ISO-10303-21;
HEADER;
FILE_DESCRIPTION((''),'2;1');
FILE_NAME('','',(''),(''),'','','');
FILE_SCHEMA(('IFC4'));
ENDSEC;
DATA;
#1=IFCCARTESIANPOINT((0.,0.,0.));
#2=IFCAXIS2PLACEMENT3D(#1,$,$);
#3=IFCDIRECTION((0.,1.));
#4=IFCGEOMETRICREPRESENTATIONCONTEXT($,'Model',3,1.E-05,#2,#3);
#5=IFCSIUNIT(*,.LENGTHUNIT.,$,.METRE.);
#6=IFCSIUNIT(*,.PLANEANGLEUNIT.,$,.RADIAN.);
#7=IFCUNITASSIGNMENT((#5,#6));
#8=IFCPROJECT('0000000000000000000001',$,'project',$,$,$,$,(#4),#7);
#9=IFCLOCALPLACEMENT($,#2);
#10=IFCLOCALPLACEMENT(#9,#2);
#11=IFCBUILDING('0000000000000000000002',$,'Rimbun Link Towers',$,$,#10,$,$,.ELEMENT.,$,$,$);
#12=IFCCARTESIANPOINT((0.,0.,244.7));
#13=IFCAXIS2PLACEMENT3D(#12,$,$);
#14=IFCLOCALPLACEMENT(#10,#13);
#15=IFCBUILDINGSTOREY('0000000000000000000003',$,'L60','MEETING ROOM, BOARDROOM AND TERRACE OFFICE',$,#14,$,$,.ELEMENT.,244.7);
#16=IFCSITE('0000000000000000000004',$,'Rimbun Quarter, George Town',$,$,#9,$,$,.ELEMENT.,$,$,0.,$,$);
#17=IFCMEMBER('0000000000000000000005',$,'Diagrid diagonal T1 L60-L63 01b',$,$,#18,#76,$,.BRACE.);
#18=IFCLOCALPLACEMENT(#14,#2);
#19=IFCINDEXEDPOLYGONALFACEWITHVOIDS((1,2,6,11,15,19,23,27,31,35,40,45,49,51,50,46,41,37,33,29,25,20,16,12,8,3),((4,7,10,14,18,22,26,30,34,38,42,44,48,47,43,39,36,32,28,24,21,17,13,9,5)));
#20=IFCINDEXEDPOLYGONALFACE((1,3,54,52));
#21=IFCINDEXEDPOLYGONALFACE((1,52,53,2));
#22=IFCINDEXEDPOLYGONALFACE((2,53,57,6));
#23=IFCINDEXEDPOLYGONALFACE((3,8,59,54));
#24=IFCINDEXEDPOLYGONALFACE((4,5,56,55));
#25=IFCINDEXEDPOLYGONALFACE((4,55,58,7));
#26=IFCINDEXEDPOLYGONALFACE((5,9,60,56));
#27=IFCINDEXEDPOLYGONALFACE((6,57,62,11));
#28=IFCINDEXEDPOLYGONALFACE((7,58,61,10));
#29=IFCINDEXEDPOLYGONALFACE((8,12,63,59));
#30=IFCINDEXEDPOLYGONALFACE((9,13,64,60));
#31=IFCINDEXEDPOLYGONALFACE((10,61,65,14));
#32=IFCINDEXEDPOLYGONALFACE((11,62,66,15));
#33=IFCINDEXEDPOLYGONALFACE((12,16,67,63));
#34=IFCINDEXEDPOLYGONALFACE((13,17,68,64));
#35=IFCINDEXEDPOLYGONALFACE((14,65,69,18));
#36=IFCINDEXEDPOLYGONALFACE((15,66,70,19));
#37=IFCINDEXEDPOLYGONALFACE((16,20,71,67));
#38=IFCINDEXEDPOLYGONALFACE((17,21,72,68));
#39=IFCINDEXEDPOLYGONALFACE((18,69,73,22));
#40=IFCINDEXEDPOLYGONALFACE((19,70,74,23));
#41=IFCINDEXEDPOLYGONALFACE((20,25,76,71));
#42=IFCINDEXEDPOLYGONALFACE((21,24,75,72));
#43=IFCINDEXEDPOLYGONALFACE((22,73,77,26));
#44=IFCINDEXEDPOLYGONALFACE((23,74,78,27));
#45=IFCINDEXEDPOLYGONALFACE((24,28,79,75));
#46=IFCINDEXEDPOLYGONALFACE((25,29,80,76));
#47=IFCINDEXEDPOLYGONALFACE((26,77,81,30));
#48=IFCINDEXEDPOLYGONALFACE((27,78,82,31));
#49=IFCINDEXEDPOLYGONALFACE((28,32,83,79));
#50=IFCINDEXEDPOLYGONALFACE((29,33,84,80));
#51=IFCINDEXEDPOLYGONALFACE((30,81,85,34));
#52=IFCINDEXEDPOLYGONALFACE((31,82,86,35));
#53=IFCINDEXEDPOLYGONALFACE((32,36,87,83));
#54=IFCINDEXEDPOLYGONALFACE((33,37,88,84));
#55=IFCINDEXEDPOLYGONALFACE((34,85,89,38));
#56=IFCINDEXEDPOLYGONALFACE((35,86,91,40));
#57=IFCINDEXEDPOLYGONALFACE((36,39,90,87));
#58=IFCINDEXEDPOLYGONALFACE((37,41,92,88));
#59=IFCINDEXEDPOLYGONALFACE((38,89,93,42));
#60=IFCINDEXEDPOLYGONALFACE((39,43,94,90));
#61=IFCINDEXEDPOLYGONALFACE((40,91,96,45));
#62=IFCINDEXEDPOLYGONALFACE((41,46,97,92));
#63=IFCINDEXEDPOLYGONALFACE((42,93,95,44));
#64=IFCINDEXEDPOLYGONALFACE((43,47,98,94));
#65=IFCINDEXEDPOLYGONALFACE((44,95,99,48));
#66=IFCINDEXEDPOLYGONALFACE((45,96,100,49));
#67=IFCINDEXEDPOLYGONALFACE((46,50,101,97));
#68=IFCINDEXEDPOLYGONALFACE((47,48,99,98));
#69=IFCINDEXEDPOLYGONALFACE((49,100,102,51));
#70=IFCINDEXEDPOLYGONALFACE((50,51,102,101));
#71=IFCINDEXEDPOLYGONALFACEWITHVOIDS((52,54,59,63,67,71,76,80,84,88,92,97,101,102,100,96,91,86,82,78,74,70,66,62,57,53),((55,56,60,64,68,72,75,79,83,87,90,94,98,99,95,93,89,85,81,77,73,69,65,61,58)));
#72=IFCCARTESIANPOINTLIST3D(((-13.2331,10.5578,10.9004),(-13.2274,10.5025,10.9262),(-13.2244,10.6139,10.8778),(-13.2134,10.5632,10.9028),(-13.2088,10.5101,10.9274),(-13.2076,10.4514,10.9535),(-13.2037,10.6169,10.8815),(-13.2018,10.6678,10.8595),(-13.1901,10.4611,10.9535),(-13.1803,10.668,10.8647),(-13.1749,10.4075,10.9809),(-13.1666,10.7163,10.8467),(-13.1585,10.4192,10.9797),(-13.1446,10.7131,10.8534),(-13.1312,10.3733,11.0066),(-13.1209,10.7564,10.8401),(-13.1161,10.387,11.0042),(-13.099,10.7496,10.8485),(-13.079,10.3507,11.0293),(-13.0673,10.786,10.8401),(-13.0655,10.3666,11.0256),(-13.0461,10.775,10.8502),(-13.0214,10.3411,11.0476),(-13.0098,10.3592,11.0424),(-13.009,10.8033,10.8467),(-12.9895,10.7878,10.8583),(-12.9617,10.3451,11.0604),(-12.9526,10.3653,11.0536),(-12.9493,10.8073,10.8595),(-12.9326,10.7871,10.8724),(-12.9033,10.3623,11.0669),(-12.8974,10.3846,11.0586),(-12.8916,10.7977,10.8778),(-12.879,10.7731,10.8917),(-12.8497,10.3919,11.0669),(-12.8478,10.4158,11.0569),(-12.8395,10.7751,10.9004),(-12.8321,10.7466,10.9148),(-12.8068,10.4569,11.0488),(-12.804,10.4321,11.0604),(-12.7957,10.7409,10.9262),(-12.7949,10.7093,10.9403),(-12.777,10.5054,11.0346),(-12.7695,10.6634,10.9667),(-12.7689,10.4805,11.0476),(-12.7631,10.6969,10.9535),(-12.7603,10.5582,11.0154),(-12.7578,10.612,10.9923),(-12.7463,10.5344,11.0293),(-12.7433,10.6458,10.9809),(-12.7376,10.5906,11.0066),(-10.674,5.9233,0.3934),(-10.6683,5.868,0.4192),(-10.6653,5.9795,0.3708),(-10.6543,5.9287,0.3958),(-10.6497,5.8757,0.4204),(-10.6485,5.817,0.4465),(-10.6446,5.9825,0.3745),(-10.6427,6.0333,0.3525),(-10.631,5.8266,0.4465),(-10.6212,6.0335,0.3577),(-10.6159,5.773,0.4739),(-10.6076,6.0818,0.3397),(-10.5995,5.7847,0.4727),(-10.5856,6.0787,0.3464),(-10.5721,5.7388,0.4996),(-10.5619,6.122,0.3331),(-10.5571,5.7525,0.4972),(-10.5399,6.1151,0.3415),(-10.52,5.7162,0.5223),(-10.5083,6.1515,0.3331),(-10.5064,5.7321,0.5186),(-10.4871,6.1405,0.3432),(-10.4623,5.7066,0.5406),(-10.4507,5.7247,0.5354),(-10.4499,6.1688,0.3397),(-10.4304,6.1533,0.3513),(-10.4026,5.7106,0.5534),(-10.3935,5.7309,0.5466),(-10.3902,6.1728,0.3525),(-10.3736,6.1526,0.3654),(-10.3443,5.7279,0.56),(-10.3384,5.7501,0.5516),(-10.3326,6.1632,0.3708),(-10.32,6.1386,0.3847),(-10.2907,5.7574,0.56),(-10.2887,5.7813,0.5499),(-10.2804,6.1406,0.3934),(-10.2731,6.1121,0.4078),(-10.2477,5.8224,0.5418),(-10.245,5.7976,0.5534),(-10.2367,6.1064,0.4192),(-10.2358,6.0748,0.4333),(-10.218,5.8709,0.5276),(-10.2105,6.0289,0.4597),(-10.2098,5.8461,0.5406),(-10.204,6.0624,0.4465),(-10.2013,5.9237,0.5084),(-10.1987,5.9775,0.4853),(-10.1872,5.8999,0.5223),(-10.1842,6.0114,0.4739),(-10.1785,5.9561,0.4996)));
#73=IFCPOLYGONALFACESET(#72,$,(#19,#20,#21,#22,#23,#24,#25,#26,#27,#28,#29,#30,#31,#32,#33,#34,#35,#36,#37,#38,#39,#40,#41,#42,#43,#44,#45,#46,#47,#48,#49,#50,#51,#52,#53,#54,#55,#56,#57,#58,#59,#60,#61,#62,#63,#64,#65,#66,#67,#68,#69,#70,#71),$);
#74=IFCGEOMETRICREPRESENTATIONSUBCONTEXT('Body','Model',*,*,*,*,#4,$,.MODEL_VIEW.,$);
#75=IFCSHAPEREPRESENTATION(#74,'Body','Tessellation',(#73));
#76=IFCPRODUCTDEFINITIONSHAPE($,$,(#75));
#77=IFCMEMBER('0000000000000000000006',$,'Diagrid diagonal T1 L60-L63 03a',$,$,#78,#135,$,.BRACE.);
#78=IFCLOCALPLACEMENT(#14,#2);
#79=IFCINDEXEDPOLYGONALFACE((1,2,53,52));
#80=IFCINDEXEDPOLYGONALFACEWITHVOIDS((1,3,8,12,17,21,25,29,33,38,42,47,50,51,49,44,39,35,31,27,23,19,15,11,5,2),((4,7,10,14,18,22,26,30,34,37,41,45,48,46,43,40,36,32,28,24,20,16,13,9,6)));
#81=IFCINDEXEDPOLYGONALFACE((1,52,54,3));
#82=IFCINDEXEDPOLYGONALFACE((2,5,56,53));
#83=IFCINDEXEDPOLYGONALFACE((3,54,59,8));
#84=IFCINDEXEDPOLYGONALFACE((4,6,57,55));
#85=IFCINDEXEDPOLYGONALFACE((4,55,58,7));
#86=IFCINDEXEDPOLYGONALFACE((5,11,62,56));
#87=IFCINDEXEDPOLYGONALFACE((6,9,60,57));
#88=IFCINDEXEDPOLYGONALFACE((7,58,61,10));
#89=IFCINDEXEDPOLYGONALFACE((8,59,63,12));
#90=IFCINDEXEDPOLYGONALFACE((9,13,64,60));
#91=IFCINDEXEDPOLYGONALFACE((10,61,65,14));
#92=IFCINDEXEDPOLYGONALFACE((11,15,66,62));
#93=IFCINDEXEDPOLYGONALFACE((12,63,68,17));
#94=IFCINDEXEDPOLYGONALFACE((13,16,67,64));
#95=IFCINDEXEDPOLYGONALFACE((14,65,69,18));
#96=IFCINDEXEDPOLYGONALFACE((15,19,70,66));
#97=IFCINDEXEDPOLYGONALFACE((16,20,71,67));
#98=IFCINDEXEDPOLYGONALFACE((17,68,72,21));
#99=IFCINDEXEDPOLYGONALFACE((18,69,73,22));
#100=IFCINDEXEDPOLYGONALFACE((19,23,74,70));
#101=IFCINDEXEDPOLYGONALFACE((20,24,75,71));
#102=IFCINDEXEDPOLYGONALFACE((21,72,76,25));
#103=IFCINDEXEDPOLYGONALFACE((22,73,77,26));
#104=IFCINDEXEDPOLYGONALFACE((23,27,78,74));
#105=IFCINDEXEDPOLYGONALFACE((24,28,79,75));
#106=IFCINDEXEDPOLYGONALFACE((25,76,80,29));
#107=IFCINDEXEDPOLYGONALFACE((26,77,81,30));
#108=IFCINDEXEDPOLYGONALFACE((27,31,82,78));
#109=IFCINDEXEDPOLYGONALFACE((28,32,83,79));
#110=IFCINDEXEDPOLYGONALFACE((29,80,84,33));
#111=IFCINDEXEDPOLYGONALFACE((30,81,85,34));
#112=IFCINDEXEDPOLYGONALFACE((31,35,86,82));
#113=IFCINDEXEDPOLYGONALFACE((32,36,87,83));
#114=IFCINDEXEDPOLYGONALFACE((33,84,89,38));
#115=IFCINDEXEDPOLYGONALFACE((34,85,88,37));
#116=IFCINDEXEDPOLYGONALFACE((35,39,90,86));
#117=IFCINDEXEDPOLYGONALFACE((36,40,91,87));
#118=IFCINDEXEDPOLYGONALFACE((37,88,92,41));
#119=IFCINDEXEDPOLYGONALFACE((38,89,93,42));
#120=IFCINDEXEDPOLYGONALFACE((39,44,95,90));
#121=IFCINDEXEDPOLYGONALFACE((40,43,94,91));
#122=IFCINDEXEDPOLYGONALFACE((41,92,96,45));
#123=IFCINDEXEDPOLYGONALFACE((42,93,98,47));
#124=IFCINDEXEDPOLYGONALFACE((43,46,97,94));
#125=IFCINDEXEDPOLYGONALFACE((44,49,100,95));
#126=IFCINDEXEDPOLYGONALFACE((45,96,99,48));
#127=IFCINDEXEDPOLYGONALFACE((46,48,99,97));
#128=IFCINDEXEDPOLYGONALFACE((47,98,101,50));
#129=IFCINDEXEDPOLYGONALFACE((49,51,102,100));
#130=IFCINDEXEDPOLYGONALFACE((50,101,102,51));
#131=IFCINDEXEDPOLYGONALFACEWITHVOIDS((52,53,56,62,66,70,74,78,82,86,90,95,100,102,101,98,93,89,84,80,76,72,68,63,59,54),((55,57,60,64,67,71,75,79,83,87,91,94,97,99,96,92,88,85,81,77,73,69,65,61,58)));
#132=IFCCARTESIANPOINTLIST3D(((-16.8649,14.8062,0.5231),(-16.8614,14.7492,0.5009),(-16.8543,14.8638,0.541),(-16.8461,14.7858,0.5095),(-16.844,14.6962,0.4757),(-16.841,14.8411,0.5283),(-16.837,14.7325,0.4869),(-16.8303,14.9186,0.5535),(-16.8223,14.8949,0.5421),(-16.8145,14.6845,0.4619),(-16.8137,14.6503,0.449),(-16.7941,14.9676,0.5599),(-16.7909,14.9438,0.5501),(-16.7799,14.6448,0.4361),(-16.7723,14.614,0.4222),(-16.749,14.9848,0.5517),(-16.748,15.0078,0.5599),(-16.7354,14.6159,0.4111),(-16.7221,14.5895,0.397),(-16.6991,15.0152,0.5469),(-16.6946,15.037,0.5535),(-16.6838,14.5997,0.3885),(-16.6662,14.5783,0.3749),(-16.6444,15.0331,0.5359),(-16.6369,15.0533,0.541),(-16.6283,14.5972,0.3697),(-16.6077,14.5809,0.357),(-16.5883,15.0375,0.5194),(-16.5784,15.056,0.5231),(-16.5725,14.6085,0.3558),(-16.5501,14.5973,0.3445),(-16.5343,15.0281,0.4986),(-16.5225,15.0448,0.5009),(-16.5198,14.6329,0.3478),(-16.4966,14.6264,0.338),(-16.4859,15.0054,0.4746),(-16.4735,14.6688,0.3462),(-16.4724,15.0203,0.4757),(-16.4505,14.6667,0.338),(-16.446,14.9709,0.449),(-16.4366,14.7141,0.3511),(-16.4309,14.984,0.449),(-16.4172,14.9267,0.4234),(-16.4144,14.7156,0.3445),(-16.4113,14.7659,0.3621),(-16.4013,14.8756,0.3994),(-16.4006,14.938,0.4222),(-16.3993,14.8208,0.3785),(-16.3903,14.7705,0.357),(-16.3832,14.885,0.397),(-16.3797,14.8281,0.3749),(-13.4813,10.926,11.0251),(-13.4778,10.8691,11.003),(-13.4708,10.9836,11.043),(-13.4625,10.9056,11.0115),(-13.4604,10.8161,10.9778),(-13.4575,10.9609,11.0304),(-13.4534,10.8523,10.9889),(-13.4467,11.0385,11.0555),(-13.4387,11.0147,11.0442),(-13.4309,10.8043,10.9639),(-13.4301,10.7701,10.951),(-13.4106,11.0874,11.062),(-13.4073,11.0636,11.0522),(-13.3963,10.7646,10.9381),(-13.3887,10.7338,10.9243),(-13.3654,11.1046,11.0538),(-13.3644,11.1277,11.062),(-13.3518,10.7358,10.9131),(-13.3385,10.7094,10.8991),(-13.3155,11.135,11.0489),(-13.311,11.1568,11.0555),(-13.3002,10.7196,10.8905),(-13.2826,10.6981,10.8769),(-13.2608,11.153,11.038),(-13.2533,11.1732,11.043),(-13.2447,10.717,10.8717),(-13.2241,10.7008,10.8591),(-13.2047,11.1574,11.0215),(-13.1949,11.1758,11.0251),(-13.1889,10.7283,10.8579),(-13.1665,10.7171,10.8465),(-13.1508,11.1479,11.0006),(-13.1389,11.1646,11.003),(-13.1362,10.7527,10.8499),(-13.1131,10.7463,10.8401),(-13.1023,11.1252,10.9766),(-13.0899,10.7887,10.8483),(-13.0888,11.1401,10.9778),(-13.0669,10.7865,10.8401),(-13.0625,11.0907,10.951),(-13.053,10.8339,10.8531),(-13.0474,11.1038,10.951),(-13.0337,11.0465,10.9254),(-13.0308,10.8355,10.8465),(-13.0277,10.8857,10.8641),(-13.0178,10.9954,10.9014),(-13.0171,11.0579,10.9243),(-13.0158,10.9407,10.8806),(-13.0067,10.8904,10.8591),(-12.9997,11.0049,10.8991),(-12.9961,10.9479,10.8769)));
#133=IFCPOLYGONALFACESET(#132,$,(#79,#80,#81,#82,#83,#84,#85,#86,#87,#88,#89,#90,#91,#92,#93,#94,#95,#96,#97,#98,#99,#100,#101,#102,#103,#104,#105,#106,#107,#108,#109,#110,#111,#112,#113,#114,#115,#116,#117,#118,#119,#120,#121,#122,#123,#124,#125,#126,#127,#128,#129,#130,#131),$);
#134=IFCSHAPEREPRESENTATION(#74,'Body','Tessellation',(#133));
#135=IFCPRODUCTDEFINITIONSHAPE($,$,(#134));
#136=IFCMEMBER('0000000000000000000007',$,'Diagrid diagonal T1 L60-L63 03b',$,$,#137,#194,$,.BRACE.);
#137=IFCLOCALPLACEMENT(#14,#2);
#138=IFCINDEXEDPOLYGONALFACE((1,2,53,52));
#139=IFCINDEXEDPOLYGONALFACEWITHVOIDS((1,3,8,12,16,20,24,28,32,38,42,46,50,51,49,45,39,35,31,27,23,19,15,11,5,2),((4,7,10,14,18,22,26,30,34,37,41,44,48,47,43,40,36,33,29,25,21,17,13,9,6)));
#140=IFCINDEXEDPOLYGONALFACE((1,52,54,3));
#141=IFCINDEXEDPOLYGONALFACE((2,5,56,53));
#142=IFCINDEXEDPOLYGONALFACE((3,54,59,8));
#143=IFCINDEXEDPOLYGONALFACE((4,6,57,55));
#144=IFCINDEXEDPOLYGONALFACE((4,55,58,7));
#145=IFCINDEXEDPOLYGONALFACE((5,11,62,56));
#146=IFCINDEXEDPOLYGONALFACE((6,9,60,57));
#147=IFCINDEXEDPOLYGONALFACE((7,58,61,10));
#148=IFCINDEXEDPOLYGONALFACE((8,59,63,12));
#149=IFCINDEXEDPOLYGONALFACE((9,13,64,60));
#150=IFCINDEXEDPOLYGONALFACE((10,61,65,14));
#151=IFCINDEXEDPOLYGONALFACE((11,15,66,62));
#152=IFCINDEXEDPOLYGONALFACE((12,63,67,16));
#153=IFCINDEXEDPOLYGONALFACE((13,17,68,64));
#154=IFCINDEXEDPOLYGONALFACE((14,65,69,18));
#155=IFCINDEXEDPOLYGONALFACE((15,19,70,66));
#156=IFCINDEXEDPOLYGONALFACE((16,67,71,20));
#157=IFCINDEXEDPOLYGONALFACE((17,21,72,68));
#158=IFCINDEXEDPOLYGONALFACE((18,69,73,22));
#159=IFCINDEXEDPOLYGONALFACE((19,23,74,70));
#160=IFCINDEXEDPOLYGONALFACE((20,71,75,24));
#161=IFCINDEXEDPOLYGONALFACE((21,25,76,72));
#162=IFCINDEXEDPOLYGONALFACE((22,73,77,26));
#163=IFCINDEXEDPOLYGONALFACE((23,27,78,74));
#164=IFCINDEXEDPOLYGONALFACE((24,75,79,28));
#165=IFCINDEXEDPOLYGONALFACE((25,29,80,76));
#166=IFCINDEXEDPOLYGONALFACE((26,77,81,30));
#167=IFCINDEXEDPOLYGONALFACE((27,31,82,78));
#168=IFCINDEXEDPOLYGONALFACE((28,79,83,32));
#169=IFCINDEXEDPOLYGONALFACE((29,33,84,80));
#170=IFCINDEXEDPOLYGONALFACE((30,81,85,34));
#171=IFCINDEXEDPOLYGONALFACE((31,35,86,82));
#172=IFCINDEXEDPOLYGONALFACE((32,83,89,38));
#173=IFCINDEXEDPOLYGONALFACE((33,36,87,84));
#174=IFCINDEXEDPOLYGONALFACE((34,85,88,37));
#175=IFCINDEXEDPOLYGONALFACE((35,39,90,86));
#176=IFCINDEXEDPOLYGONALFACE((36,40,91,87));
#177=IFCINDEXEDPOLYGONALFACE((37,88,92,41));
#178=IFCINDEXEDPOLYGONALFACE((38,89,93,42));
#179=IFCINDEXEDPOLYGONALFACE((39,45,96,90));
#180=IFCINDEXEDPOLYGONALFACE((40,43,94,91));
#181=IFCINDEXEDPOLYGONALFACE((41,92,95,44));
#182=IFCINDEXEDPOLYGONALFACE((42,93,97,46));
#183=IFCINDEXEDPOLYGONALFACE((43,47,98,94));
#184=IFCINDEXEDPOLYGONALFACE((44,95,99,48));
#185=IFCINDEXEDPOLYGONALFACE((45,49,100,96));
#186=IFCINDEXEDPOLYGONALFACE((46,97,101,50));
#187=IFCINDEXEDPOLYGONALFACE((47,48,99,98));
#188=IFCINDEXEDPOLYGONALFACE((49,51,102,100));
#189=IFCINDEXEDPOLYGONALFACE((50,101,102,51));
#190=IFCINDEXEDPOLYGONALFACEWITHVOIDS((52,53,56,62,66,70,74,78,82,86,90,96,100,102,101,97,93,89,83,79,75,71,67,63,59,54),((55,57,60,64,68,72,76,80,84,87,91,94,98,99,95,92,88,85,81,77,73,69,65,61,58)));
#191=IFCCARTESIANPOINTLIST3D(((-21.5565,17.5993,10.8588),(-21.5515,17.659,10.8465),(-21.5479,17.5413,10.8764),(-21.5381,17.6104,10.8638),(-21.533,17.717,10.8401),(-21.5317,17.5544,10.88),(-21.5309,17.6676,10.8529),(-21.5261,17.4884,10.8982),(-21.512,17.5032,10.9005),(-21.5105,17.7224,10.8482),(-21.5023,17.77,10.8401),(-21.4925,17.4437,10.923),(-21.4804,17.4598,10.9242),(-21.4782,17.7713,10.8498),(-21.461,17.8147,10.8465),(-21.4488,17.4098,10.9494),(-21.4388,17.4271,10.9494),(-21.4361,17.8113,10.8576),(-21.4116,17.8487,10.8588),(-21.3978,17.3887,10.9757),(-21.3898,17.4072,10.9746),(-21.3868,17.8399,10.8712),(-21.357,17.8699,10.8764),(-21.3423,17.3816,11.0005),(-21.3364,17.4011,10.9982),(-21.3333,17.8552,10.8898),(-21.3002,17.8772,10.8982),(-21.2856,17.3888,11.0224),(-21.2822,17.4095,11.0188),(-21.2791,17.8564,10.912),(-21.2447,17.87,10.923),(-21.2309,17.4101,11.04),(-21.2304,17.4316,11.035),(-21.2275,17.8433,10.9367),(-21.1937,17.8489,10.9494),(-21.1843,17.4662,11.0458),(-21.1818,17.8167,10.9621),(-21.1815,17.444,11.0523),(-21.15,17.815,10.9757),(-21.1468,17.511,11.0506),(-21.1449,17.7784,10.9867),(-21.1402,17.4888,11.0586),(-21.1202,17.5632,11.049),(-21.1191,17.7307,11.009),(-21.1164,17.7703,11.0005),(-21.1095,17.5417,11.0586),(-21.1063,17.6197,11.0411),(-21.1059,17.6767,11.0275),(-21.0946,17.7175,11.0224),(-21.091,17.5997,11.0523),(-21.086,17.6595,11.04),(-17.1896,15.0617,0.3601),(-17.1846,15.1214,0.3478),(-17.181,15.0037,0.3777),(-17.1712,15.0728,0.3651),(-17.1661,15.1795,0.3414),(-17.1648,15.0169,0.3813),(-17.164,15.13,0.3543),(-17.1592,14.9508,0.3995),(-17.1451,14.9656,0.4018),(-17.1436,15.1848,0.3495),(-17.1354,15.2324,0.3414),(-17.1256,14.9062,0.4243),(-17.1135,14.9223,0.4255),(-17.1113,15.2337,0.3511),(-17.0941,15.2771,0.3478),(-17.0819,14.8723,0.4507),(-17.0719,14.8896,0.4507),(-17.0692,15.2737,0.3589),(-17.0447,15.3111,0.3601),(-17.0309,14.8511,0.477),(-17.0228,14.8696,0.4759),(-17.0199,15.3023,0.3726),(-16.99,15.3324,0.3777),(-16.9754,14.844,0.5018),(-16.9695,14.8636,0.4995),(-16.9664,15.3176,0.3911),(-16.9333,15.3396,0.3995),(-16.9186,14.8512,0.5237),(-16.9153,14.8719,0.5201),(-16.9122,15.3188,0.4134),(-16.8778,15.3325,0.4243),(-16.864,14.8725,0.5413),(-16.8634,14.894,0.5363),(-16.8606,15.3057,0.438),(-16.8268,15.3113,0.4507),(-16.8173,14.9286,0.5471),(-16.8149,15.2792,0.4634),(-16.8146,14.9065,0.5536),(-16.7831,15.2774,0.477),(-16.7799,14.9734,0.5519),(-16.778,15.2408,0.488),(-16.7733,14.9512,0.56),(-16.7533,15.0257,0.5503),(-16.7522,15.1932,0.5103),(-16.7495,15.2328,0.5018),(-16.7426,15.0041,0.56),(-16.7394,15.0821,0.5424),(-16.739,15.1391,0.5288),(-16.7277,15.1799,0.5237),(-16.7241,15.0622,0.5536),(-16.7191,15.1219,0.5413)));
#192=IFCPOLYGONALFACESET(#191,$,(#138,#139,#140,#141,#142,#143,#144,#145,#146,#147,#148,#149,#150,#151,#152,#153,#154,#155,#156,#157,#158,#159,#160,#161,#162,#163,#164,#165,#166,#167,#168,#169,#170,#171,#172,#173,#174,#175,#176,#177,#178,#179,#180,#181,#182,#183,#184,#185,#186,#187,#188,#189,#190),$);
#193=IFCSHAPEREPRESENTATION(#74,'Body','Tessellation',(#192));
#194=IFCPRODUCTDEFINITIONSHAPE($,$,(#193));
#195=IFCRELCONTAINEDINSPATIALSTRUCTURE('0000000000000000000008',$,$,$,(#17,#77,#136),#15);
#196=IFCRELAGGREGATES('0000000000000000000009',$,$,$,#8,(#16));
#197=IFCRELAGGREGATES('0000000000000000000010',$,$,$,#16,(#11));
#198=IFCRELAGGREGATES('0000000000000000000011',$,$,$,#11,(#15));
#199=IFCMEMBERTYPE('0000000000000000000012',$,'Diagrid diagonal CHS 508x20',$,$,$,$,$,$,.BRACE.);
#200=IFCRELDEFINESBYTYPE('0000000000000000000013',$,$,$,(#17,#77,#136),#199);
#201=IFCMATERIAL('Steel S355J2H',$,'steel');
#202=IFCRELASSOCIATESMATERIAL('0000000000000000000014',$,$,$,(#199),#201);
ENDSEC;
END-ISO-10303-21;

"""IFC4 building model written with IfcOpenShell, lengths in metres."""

from ifc_helpers import new_model, si_unit, direction, frame, origin, origin_2d, place, context, subcontext, project, spatial, hollow_circle, extrude, material, material_profile, profile_set, type_object, element, save


model = new_model("IFC4")

# Units and contexts
model_context = context("Model", 3, precision=1e-05, world=origin(), true_north=direction((0.0, 1.0)))
body_context = subcontext(model_context, "Body", "Model", "MODEL_VIEW")
ifc_project = project(units=[si_unit("LENGTHUNIT", "METRE"), si_unit("PLANEANGLEUNIT", "RADIAN")], contexts=[model_context])

# Site, building, storey
site_placement = place(None, origin())
site = spatial("IfcSite", under=ifc_project, at=site_placement, Name="Rimbun Quarter, George Town", CompositionType="ELEMENT", RefElevation=0.0)
building_placement = place(site_placement, origin())
building = spatial("IfcBuilding", under=site, at=building_placement, Name="Rimbun Link Towers", CompositionType="ELEMENT")
storey_placement = place(building_placement, frame((0.0, 0.0, 244.7)))
storey = spatial("IfcBuildingStorey", under=building, at=storey_placement, Name="L60", Description="MEETING ROOM, BOARDROOM AND TERRACE OFFICE", CompositionType="ELEMENT", Elevation=244.7)

# Members
ifc_material_1 = material(Name="Steel S355J2H", Category="steel")
ifc_material_profile_1 = material_profile(ifc_material_1, hollow_circle(Radius=0.2539, WallThickness=0.02, at=origin_2d()), Name="Diagrid diagonal CHS 508x20")
ifc_profile_set_1 = profile_set([ifc_material_profile_1], Name="Steel S355J2H")
member_type_1 = type_object("IfcMemberType", Name="Diagrid diagonal CHS 508x20", PredefinedType="BRACE", material=ifc_profile_set_1)
member_1_placement = place(storey_placement, frame((-10.4263, 5.9397, 0.4465), z_axis=(-0.217508, 0.393909, 0.893043), x_axis=(-0.875409, -0.483382, 0.0)))
element("IfcMember", 1, at=member_1_placement, inside=storey, type_object=member_type_1, Name="Diagrid diagonal T1 L60-L63 01b", PredefinedType="BRACE", context=body_context, shape_type="SweptSolid", body=[
    extrude(hollow_circle(Radius=0.2539, WallThickness=0.02, at=origin_2d()), origin(), (0.0, 0.0, 1.0), 11.7654),
])
member_2_placement = place(storey_placement, frame((-16.6223, 14.8171, 0.449), z_axis=(0.289293, -0.33175, 0.897915), x_axis=(0.753689, 0.657231, 0.0)))
element("IfcMember", 2, at=member_2_placement, inside=storey, type_object=member_type_1, Name="Diagrid diagonal T1 L60-L63 03a", PredefinedType="BRACE", context=body_context, shape_type="SweptSolid", body=[
    extrude(hollow_circle(Radius=0.2539, WallThickness=0.02, at=origin_2d()), origin(), (0.0, 0.0, 1.0), 11.696),
])
member_3_placement = place(storey_placement, frame((-16.9543, 15.0918, 0.4507), z_axis=(-0.374829, 0.21781, 0.901145), x_axis=(-0.502425, -0.864621, 0.0)))
element("IfcMember", 3, at=member_3_placement, inside=storey, type_object=member_type_1, Name="Diagrid diagonal T1 L60-L63 03b", PredefinedType="BRACE", context=body_context, shape_type="SweptSolid", body=[
    extrude(hollow_circle(Radius=0.2539, WallThickness=0.02, at=origin_2d()), origin(), (0.0, 0.0, 1.0), 11.6504),
])

save(model, "model.ifc")
